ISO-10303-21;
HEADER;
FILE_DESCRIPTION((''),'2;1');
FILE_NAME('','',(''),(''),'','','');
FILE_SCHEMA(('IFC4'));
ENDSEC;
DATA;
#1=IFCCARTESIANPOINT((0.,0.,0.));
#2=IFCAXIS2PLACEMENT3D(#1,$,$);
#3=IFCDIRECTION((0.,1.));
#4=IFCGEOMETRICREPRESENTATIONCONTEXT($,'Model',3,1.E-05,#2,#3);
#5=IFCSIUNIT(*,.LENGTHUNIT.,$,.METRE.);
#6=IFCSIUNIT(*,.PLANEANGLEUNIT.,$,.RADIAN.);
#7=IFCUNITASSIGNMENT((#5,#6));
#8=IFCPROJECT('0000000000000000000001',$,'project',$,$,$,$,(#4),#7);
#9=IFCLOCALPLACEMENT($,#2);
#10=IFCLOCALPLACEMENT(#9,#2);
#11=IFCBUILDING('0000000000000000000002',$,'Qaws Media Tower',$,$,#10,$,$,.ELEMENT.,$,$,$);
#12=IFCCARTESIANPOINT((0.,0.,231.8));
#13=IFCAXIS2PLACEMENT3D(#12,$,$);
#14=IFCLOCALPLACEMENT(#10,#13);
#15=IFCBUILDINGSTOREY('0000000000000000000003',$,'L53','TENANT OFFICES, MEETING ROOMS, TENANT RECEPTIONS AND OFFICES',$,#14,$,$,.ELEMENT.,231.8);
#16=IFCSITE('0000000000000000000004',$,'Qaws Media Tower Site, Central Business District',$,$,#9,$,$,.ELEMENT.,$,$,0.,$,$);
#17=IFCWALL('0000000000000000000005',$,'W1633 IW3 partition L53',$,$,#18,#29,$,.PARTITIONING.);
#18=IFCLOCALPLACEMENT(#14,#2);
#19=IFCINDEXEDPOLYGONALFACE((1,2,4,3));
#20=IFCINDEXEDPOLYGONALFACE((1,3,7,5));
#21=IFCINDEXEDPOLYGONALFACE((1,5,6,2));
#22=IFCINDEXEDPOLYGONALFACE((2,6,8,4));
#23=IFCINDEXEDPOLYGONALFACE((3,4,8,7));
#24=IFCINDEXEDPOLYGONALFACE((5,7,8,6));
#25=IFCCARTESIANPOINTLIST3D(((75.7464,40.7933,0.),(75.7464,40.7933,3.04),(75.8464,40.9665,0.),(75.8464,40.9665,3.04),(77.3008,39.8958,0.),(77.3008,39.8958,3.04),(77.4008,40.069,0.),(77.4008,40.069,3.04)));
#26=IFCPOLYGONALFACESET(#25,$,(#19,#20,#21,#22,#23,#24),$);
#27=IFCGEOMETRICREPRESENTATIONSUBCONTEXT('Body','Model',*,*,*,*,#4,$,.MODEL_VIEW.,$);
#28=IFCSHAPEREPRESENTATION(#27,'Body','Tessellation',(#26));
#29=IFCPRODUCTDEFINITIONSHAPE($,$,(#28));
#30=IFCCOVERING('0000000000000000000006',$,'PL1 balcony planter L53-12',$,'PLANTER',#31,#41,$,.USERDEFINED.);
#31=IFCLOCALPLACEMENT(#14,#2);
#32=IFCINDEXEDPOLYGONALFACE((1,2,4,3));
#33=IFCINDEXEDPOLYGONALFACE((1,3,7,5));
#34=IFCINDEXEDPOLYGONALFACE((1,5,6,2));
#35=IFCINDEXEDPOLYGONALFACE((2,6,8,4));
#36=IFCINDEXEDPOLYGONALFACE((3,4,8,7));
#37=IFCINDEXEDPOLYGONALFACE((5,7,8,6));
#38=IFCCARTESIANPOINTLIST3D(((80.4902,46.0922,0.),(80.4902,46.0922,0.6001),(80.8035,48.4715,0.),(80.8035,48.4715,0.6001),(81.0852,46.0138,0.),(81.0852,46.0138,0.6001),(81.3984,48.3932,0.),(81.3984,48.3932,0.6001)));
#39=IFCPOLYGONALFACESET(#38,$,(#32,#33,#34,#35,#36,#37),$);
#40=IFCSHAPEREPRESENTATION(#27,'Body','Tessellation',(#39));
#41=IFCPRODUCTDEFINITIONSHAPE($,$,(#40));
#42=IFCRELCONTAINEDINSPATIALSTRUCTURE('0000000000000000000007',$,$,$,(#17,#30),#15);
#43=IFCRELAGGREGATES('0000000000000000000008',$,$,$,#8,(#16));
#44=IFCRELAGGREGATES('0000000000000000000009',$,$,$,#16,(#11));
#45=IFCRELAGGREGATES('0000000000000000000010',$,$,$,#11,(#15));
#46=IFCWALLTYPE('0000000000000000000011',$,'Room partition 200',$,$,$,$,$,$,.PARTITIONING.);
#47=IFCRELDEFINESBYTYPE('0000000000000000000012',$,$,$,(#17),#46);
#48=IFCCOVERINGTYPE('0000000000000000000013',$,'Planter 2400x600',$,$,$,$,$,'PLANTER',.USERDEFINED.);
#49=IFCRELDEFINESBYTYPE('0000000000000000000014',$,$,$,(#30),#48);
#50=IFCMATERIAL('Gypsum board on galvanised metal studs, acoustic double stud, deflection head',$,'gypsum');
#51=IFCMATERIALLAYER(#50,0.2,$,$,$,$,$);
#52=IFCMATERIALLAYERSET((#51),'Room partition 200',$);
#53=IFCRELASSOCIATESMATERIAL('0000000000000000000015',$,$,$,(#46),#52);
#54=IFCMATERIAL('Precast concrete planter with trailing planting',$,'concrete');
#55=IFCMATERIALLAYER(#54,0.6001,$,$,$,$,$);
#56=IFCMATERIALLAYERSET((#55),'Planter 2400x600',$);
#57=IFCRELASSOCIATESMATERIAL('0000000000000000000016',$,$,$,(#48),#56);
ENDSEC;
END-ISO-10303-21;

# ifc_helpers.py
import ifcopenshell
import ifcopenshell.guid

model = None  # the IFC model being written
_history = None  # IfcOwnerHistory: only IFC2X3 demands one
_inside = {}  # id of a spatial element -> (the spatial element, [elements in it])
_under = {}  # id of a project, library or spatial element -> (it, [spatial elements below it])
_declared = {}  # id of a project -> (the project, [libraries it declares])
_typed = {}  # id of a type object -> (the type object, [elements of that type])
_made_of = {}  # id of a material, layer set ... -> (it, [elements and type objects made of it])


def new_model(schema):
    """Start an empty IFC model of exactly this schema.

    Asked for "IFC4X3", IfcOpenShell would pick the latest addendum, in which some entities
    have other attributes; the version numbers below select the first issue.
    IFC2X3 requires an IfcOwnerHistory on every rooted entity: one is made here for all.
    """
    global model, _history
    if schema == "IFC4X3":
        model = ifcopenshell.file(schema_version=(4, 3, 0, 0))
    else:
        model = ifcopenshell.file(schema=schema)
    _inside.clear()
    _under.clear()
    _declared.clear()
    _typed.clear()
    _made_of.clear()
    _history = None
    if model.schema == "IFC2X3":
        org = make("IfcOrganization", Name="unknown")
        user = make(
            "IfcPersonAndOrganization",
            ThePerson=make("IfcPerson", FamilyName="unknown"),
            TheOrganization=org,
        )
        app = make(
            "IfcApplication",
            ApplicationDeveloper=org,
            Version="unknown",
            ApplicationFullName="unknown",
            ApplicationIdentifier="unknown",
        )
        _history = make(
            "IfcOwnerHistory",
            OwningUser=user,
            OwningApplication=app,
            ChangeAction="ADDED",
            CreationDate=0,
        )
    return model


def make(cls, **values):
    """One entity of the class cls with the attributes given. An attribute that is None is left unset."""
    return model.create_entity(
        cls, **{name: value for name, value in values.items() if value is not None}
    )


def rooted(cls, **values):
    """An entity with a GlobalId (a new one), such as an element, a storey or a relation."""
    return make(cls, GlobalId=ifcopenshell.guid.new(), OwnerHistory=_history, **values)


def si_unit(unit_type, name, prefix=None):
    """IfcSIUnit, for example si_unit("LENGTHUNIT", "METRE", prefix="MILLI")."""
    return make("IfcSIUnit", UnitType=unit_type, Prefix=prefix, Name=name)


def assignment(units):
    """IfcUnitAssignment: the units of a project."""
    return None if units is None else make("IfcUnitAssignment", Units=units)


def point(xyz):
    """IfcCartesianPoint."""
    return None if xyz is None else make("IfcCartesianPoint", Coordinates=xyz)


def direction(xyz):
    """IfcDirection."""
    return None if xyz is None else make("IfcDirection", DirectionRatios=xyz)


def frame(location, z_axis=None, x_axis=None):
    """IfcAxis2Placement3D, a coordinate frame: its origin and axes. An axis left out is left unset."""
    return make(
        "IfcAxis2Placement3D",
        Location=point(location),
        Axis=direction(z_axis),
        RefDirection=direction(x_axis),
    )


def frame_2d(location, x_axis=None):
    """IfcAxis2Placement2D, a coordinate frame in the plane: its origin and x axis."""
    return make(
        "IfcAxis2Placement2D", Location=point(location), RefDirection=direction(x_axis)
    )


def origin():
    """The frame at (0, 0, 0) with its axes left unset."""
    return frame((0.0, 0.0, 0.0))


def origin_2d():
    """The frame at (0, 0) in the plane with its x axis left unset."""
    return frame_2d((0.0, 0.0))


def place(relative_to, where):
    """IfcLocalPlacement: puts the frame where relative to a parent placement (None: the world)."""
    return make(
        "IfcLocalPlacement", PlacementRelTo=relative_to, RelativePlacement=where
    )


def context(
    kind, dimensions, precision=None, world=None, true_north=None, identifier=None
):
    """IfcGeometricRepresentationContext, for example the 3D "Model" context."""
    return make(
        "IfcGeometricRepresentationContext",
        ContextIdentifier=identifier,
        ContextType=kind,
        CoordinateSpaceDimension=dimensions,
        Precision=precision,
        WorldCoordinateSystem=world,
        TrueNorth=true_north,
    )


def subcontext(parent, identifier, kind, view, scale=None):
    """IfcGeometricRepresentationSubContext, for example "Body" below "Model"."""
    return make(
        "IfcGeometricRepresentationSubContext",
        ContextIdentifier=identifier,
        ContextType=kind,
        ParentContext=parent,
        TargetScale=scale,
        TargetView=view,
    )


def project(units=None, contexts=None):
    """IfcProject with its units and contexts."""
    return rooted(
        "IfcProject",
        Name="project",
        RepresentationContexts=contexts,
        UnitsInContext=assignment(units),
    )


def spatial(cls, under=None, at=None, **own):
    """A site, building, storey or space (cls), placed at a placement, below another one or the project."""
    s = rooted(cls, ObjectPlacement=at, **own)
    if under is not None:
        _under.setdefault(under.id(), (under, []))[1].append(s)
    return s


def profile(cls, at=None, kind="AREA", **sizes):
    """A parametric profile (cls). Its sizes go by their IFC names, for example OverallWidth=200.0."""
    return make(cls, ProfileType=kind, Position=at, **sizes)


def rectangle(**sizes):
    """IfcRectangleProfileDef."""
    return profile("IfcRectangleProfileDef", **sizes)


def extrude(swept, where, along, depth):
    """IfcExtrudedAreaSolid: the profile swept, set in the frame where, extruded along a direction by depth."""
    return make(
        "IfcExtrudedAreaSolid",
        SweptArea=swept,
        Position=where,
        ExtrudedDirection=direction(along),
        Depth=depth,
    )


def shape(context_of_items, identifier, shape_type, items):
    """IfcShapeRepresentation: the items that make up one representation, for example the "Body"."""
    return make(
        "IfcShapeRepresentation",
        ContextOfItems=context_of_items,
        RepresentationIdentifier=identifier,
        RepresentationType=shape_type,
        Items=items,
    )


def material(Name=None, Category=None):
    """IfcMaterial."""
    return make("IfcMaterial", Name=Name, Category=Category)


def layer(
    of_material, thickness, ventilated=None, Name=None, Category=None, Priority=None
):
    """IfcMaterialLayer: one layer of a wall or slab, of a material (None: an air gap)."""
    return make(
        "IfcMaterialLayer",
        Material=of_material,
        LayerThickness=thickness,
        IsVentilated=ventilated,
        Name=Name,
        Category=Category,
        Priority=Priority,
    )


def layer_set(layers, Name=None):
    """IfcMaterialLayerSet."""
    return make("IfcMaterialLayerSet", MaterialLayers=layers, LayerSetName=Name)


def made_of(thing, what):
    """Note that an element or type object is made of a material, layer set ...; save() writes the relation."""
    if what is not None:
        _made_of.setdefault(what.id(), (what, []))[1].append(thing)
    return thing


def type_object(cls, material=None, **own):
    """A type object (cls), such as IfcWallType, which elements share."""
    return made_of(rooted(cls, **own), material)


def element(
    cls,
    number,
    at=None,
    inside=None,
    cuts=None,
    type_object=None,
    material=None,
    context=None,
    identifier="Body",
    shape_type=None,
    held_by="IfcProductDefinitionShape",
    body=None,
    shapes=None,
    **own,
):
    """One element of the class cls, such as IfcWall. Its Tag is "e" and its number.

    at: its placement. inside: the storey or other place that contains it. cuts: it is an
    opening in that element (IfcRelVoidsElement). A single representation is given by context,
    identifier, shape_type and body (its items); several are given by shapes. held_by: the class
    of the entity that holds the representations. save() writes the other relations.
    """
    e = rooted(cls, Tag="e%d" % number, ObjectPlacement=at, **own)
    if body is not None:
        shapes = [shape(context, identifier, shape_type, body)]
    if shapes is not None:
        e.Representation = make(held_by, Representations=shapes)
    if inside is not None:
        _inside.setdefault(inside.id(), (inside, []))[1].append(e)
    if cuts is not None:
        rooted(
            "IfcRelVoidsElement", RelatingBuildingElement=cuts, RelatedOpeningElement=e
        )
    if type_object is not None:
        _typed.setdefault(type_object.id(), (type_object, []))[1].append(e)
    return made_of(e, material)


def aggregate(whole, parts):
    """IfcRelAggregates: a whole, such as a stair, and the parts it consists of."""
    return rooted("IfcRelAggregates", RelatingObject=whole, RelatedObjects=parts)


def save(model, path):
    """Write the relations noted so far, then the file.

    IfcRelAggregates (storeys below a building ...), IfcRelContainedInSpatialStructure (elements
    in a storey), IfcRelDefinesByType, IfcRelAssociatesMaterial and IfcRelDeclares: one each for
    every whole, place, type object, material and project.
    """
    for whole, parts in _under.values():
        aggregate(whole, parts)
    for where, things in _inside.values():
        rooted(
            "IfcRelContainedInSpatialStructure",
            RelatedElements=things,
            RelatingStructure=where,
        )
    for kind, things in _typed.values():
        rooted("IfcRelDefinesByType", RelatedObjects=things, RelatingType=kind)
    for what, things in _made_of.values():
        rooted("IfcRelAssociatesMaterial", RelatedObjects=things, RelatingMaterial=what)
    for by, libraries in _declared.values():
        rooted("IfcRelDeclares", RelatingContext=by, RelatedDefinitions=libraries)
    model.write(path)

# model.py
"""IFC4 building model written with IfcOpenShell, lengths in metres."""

from ifc_helpers import new_model, si_unit, direction, frame, frame_2d, origin, origin_2d, place, context, subcontext, project, spatial, rectangle, extrude, material, layer, layer_set, type_object, element, save


model = new_model("IFC4")

# Units and contexts
model_context = context("Model", 3, precision=1e-05, world=origin(), true_north=direction((0.0, 1.0)))
body_context = subcontext(model_context, "Body", "Model", "MODEL_VIEW")
ifc_project = project(units=[si_unit("LENGTHUNIT", "METRE"), si_unit("PLANEANGLEUNIT", "RADIAN")], contexts=[model_context])

# Site, building, storey
site_placement = place(None, origin())
site = spatial("IfcSite", under=ifc_project, at=site_placement, Name="Qaws Media Tower Site, Central Business District", CompositionType="ELEMENT", RefElevation=0.0)
building_placement = place(site_placement, origin())
building = spatial("IfcBuilding", under=site, at=building_placement, Name="Qaws Media Tower", CompositionType="ELEMENT")
storey_placement = place(building_placement, frame((0.0, 0.0, 231.8)))
storey = spatial("IfcBuildingStorey", under=building, at=storey_placement, Name="L53", Description="TENANT OFFICES, MEETING ROOMS, TENANT RECEPTIONS AND OFFICES", CompositionType="ELEMENT", Elevation=231.8)

# Shared definitions
ifc_material_1 = material(Name="Gypsum board on galvanised metal studs, acoustic double stud, deflection head", Category="gypsum")
ifc_layer_1 = layer(ifc_material_1, 0.2)
ifc_layer_set_1 = layer_set([ifc_layer_1], Name="Room partition 200")
wall_type_1 = type_object("IfcWallType", Name="Room partition 200", PredefinedType="PARTITIONING", material=ifc_layer_set_1)

# Wall
wall_1_placement = place(storey_placement, frame((75.7964, 40.8799, 0.0), z_axis=(0.0, 0.0, 1.0), x_axis=(0.866025, -0.500001, 0.0)))
element("IfcWall", 1, at=wall_1_placement, inside=storey, type_object=wall_type_1, Name="W1633 IW3 partition L53", PredefinedType="PARTITIONING", context=body_context, shape_type="SweptSolid", body=[
    extrude(rectangle(XDim=1.7949, YDim=0.2, at=frame_2d((0.8975, 0.0))), origin(), (0.0, 0.0, 1.0), 3.04),
])

# Covering
ifc_material_2 = material(Name="Precast concrete planter with trailing planting", Category="concrete")
ifc_layer_2 = layer(ifc_material_2, 0.6001)
ifc_layer_set_2 = layer_set([ifc_layer_2], Name="Planter 2400x600")
covering_type = type_object("IfcCoveringType", Name="Planter 2400x600", ElementType="PLANTER", PredefinedType="USERDEFINED", material=ifc_layer_set_2)
covering_placement = place(storey_placement, frame((80.9443, 47.2427, 0.0), z_axis=(0.0, 0.0, 1.0), x_axis=(0.130526, 0.991445, 0.0)))
element("IfcCovering", 2, at=covering_placement, inside=storey, type_object=covering_type, Name="PL1 balcony planter L53-12", ObjectType="PLANTER", PredefinedType="USERDEFINED", context=body_context, shape_type="SweptSolid", body=[
    extrude(rectangle(XDim=2.3999, YDim=0.6001, at=origin_2d()), origin(), (0.0, 0.0, 1.0), 0.6001),
])

save(model, "model.ifc")
